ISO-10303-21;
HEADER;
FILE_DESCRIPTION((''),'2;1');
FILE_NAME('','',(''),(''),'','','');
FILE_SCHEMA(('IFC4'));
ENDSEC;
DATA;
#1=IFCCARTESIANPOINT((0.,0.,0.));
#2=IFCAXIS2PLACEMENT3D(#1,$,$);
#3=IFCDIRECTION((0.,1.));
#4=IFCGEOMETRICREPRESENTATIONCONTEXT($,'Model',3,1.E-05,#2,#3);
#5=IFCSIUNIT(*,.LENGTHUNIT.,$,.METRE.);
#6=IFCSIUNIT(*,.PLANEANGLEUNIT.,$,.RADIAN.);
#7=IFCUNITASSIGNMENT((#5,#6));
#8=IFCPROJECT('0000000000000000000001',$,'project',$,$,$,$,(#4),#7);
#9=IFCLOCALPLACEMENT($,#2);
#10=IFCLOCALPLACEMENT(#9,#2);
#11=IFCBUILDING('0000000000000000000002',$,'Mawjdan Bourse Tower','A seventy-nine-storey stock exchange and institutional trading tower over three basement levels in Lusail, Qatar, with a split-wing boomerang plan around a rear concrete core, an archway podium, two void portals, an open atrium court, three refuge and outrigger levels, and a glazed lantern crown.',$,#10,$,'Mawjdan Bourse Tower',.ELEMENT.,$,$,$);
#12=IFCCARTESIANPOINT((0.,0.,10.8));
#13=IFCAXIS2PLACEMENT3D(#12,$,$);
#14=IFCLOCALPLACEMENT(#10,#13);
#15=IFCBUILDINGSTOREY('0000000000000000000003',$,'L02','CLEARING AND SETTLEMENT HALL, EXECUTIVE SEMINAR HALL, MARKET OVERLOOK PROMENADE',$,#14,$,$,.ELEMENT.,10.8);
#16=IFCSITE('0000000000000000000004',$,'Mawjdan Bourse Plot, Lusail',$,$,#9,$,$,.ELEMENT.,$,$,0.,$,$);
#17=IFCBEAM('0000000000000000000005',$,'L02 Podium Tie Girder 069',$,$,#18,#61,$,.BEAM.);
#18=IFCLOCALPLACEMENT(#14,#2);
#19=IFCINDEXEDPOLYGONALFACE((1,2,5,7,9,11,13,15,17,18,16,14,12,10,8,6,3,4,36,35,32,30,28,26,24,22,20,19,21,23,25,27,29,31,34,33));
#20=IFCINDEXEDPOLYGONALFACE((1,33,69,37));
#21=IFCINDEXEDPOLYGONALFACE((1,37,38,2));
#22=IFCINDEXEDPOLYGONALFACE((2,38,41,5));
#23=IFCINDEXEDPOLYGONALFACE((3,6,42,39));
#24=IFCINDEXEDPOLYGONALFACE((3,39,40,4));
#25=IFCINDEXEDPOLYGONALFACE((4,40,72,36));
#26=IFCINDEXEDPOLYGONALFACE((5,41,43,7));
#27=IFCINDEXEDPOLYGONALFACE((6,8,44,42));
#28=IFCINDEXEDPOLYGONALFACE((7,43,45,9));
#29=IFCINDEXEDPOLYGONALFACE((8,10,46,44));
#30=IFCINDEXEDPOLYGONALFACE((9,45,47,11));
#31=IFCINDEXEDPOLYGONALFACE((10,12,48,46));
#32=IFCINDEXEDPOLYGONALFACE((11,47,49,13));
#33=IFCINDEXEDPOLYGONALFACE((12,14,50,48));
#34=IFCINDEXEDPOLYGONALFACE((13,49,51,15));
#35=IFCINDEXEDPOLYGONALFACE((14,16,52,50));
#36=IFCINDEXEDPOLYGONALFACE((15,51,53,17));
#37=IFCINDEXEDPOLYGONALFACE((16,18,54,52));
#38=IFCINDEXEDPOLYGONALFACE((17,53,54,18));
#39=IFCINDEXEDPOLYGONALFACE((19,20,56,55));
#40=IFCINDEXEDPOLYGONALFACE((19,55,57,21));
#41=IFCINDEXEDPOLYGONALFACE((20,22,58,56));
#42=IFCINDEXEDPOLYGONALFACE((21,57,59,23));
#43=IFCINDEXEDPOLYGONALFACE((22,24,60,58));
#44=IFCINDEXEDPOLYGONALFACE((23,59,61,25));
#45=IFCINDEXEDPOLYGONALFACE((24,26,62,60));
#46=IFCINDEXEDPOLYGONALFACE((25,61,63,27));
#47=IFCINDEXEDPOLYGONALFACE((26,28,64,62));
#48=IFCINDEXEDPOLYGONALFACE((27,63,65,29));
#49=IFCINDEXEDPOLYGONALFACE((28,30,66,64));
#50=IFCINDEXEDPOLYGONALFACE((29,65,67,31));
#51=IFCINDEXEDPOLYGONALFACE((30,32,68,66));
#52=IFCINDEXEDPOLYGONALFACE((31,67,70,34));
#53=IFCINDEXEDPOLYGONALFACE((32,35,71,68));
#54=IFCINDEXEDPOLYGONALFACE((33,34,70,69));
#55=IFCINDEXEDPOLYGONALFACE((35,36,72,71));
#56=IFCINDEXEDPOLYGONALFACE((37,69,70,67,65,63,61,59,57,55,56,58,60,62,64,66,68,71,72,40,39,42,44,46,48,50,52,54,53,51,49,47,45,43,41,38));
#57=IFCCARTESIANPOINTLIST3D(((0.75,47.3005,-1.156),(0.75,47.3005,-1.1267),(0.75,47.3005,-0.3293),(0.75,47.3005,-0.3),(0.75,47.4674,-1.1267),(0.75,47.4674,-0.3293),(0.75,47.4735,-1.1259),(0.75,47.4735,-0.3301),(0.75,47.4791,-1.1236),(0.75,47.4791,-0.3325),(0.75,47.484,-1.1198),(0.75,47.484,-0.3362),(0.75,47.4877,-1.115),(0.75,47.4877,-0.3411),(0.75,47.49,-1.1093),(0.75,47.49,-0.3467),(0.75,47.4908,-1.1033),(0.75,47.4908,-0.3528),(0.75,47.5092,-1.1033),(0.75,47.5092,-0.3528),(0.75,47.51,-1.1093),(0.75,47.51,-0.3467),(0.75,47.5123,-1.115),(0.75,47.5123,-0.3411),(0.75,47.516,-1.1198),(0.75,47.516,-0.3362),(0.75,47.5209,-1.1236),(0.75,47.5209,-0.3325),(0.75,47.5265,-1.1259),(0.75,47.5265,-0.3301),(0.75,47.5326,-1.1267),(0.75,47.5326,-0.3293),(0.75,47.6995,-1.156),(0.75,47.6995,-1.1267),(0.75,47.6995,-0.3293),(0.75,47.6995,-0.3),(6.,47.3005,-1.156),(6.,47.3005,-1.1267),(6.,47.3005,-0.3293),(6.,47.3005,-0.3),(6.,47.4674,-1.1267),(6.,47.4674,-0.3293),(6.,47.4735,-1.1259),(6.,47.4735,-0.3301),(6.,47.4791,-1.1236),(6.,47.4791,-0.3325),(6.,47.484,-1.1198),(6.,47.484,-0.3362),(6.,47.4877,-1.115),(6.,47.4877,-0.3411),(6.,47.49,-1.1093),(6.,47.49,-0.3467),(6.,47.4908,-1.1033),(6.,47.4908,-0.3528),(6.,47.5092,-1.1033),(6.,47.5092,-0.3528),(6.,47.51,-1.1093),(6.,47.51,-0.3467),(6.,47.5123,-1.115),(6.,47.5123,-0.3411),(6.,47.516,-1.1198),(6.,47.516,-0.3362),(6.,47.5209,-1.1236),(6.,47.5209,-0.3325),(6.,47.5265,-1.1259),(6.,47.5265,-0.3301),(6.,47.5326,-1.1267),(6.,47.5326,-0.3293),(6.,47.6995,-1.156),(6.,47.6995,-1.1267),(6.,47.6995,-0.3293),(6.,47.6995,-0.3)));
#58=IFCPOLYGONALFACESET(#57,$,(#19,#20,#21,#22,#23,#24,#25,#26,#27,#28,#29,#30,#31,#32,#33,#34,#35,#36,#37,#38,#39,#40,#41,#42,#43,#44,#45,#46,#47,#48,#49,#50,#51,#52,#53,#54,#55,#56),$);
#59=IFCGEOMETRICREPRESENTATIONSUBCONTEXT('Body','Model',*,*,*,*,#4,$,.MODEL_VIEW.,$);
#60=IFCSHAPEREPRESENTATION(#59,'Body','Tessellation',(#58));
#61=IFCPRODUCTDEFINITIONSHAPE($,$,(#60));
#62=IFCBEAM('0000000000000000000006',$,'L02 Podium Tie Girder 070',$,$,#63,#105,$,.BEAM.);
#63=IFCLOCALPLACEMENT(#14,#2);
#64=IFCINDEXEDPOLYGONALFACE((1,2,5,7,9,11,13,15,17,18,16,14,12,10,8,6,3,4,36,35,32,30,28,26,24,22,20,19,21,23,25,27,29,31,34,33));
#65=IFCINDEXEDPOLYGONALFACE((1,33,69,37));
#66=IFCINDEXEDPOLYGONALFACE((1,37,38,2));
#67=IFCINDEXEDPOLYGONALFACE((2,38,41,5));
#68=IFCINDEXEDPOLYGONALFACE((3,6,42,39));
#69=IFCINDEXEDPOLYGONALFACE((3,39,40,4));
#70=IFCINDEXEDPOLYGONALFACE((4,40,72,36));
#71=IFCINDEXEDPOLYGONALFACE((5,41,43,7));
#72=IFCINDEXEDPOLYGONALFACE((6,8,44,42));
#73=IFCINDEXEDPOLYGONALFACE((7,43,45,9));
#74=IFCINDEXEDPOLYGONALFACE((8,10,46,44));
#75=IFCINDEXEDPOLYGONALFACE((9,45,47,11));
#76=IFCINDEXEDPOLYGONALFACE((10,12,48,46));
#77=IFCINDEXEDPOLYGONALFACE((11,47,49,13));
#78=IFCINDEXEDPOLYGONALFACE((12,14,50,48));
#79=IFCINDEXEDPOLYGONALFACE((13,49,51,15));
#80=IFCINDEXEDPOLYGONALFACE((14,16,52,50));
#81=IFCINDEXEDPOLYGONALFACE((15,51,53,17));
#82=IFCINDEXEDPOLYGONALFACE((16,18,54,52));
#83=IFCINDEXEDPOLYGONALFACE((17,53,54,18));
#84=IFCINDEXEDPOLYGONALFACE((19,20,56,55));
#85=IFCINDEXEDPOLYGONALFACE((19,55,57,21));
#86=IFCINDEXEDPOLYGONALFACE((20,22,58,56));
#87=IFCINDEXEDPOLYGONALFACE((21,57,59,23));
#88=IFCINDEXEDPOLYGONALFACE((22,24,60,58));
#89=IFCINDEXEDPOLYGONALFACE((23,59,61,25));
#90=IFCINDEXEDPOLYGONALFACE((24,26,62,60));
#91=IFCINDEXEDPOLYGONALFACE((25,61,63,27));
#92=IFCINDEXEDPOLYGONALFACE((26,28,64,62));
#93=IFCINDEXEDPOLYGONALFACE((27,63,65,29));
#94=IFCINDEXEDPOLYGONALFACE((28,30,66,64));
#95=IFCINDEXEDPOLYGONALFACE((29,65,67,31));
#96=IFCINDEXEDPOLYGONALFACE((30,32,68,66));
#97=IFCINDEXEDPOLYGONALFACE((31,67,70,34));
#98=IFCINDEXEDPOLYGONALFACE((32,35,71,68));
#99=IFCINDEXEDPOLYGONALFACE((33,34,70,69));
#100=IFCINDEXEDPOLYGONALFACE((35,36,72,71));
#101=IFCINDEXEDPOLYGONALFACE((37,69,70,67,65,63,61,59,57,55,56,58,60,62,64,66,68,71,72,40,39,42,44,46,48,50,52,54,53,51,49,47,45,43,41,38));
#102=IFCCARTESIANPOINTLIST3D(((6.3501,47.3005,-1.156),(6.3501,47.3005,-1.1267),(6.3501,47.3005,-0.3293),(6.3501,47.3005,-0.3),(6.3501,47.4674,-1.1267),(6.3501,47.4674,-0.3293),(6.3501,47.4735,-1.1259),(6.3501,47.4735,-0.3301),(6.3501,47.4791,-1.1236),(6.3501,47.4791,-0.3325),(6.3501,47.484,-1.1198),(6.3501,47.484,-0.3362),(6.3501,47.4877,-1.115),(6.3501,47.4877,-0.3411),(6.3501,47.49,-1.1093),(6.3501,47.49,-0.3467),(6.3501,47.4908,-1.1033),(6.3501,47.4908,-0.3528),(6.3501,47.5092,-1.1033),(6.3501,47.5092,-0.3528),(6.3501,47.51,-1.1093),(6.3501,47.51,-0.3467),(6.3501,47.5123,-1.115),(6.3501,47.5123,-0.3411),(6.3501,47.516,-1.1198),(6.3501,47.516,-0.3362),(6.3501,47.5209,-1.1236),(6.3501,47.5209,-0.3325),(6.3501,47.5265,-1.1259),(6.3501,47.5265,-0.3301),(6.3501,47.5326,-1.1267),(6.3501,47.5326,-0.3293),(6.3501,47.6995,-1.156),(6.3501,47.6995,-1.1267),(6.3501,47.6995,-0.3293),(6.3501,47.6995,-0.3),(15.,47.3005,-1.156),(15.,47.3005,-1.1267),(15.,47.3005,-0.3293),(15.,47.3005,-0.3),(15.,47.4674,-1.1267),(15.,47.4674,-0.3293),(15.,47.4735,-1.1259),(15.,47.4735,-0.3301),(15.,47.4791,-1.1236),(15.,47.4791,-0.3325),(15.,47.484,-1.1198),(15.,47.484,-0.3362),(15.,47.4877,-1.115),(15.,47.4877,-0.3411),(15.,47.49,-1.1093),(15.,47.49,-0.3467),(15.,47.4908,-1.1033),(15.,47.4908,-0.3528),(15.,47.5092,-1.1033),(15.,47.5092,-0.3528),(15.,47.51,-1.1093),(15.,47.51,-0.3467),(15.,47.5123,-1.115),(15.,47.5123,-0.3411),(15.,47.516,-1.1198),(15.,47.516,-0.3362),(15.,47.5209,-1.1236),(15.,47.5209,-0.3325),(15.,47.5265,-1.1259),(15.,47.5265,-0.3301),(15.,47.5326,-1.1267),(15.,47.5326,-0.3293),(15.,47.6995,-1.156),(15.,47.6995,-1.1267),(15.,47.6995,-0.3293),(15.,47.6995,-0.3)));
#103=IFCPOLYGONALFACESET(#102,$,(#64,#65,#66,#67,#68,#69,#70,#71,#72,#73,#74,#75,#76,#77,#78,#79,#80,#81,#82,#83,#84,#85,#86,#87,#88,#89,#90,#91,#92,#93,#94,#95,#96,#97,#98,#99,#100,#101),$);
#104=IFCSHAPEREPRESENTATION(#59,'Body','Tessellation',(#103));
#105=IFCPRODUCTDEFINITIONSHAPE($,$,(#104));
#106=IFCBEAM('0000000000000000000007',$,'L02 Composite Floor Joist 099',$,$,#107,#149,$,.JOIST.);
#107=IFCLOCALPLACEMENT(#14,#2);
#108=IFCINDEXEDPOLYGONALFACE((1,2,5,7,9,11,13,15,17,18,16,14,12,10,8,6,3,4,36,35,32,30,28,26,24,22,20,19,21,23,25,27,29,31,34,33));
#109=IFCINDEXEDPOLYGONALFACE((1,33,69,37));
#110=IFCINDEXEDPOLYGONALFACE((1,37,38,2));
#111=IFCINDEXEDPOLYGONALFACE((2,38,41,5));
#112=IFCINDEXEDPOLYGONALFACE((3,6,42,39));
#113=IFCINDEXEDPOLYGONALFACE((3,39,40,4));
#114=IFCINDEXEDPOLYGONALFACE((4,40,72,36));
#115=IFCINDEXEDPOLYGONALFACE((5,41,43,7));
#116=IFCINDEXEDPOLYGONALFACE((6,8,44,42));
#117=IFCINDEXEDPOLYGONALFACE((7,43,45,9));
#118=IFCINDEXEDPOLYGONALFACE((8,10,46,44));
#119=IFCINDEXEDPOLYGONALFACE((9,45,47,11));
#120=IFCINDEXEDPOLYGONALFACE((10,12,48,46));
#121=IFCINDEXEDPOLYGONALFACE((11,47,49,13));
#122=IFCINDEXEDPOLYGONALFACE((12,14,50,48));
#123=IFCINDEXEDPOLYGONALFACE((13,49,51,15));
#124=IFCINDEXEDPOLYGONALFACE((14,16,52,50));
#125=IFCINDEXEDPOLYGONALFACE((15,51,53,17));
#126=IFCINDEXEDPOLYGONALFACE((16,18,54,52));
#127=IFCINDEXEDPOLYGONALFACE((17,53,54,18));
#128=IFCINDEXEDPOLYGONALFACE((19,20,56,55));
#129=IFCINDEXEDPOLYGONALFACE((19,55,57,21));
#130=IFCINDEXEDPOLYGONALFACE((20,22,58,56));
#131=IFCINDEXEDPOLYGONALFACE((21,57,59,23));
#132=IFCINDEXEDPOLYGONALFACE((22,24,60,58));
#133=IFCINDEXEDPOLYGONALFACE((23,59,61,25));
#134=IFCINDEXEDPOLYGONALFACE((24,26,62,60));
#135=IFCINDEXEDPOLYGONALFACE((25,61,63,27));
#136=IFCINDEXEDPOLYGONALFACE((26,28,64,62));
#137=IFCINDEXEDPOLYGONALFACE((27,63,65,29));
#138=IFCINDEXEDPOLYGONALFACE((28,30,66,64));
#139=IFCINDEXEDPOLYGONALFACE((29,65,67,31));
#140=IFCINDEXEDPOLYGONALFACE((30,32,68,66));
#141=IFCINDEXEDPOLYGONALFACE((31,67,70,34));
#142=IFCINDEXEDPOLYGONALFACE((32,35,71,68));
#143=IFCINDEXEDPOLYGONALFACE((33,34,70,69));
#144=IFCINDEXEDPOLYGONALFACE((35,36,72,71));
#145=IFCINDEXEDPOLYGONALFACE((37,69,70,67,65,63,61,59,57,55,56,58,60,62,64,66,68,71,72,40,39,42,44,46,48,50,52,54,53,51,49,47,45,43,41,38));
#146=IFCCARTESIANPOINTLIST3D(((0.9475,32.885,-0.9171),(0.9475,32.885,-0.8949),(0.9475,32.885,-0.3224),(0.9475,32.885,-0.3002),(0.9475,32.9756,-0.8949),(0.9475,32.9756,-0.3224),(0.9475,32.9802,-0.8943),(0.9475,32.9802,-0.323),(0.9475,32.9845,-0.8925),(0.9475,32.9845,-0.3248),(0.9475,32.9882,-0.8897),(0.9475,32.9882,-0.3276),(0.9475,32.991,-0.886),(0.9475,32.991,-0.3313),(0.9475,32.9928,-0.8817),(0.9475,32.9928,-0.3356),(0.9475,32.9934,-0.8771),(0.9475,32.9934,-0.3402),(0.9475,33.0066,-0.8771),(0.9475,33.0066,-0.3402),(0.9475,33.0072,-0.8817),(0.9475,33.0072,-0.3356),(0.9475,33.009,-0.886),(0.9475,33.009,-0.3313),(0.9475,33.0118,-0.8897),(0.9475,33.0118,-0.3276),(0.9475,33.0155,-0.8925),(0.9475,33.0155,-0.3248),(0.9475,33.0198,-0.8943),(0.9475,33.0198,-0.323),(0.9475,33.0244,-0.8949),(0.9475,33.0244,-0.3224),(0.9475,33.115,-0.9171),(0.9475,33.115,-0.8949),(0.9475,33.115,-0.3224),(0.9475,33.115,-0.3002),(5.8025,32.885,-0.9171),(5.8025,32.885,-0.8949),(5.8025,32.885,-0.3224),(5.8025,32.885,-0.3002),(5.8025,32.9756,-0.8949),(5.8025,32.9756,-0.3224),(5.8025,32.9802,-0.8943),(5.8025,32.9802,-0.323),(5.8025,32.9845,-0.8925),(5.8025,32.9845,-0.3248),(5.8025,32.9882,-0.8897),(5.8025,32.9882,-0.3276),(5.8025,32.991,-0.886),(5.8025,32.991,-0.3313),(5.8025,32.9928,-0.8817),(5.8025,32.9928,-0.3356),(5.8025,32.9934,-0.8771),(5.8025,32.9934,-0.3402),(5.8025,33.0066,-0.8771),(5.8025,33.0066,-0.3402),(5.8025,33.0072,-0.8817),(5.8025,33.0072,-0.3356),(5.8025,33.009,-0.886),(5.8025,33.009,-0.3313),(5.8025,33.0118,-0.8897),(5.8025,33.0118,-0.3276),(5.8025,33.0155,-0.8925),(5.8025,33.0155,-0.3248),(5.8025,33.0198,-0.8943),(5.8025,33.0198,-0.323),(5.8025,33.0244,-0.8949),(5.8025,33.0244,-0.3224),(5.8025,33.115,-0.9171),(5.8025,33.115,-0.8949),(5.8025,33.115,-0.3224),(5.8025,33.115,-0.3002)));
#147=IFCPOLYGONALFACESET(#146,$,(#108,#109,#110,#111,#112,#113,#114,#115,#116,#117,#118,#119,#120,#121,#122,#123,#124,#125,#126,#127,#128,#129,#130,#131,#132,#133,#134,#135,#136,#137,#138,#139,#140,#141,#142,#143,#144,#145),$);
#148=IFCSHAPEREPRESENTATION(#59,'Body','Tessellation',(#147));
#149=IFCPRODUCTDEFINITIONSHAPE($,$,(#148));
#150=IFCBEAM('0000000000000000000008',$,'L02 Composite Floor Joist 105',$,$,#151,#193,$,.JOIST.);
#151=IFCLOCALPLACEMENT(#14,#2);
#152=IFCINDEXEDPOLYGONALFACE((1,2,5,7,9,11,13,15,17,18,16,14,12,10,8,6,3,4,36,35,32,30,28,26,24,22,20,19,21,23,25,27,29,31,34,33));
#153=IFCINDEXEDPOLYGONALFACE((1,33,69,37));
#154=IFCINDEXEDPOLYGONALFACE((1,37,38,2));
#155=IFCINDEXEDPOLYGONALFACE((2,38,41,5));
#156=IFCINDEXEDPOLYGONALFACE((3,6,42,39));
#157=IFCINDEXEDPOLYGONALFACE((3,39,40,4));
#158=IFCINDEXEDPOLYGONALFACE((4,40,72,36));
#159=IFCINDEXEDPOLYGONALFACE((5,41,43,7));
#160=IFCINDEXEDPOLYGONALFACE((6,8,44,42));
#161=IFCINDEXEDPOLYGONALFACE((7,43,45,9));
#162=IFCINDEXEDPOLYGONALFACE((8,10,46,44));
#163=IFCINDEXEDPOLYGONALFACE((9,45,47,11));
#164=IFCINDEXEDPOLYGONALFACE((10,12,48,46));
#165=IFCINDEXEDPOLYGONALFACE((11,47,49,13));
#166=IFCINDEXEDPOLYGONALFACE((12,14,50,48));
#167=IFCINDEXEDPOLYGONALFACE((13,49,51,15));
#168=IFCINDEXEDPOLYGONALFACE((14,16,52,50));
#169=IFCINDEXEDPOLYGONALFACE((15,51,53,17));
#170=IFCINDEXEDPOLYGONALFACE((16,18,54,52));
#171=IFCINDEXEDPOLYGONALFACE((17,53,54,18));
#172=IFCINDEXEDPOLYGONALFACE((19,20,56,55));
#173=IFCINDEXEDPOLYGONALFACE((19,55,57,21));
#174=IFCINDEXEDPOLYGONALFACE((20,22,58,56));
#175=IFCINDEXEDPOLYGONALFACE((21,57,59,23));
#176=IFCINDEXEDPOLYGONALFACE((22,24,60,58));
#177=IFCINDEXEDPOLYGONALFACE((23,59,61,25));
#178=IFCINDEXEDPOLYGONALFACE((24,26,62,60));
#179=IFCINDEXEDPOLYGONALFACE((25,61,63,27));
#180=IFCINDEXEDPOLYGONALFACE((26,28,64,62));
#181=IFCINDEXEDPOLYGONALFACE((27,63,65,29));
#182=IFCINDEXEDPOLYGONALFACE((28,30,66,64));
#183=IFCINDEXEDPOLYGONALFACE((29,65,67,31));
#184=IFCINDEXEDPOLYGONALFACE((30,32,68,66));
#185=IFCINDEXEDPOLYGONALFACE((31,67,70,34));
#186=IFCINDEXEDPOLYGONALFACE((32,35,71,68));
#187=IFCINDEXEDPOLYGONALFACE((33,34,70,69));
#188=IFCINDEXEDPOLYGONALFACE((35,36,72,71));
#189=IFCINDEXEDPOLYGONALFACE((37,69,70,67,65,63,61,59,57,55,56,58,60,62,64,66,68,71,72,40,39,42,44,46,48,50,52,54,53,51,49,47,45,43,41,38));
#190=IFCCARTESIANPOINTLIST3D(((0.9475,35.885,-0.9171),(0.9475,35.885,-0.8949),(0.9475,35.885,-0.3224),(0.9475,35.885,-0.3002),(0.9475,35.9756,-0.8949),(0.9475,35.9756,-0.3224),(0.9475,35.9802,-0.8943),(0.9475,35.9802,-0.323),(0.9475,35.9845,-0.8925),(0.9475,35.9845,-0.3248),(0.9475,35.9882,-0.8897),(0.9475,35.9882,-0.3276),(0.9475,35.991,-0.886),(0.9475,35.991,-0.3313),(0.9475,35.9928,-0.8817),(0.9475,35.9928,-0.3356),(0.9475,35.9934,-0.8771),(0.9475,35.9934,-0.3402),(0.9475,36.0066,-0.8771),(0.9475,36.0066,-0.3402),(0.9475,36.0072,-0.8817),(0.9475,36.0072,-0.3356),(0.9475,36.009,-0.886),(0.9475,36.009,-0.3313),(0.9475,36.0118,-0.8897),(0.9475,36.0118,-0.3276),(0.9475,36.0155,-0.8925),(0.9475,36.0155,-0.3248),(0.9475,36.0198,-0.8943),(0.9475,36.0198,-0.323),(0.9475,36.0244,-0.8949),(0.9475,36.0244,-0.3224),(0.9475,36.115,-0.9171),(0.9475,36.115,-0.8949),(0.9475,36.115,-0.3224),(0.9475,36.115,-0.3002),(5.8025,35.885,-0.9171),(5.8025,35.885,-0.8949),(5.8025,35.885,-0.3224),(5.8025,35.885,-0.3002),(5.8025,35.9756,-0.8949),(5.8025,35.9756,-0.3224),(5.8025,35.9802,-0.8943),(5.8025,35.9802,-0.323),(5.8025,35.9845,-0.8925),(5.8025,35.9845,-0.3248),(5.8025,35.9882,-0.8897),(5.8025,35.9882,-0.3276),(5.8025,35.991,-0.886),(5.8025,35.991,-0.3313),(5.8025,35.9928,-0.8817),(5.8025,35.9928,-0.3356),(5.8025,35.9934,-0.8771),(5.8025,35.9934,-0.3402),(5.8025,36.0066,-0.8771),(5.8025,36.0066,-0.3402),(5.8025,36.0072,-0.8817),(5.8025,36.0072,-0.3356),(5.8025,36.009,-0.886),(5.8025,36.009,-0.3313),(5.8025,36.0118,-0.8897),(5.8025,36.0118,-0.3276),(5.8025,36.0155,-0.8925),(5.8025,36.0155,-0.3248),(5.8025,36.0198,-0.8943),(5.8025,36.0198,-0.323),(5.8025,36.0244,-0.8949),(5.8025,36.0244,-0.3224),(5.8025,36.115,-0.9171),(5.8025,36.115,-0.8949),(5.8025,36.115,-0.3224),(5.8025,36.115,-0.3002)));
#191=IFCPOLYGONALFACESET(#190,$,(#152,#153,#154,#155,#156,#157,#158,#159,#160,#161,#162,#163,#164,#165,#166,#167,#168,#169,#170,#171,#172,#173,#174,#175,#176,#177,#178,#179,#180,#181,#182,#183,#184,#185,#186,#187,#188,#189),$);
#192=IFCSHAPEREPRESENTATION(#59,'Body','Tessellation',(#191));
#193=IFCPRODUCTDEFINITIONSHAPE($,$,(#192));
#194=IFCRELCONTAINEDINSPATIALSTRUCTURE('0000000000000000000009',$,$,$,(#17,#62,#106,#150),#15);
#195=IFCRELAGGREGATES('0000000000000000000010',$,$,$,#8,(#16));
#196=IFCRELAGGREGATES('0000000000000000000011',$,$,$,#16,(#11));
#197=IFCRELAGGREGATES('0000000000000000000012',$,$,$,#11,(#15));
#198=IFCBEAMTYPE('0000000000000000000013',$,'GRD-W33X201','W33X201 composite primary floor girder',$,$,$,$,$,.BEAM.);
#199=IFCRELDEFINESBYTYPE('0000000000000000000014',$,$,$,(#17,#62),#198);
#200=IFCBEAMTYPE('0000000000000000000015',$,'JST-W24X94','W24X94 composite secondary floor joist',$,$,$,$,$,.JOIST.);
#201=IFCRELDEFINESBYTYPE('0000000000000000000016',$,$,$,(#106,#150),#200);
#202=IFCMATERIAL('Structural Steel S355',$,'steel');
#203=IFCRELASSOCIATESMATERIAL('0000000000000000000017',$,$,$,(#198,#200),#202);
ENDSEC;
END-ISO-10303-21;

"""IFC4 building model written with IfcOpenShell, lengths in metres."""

from ifc_helpers import new_model, si_unit, direction, frame, origin, origin_2d, place, context, subcontext, project, spatial, i_section, extrude, material, material_profile, profile_set, type_object, element, save


model = new_model("IFC4")

# Units and contexts
model_context = context("Model", 3, precision=1e-05, world=origin(), true_north=direction((0.0, 1.0)))
body_context = subcontext(model_context, "Body", "Model", "MODEL_VIEW")
ifc_project = project(units=[si_unit("LENGTHUNIT", "METRE"), si_unit("PLANEANGLEUNIT", "RADIAN")], contexts=[model_context])

# Site, building, storey
site_placement = place(None, origin())
site = spatial("IfcSite", under=ifc_project, at=site_placement, Name="Mawjdan Bourse Plot, Lusail", CompositionType="ELEMENT", RefElevation=0.0)
building_placement = place(site_placement, origin())
building = spatial("IfcBuilding", under=site, at=building_placement, Name="Mawjdan Bourse Tower", Description="A seventy-nine-storey stock exchange and institutional trading tower over three basement levels in Lusail, Qatar, with a split-wing boomerang plan around a rear concrete core, an archway podium, two void portals, an open atrium court, three refuge and outrigger levels, and a glazed lantern crown.", LongName="Mawjdan Bourse Tower", CompositionType="ELEMENT")
storey_placement = place(building_placement, frame((0.0, 0.0, 10.8)))
storey = spatial("IfcBuildingStorey", under=building, at=storey_placement, Name="L02", Description="CLEARING AND SETTLEMENT HALL, EXECUTIVE SEMINAR HALL, MARKET OVERLOOK PROMENADE", CompositionType="ELEMENT", Elevation=10.8)

# Beams
ifc_material_1 = material(Name="Structural Steel S355", Category="steel")
ifc_material_profile_1 = material_profile(ifc_material_1, i_section(OverallWidth=0.3989, OverallDepth=0.856, WebThickness=0.0183, FlangeThickness=0.0293, FilletRadius=0.0234, at=origin_2d()), Name="W33X201")
ifc_profile_set_1 = profile_set([ifc_material_profile_1], Name="Structural Steel S355")
beam_type_1 = type_object("IfcBeamType", Name="GRD-W33X201", Description="W33X201 composite primary floor girder", PredefinedType="BEAM", material=ifc_profile_set_1)
beam_1_placement = place(storey_placement, frame((0.75, 47.5, -0.728), z_axis=(1.0, 0.0, 0.0), x_axis=(0.0, 1.0, 0.0)))
element("IfcBeam", 1, at=beam_1_placement, inside=storey, type_object=beam_type_1, Name="L02 Podium Tie Girder 069", PredefinedType="BEAM", context=body_context, shape_type="SweptSolid", body=[
    extrude(i_section(OverallWidth=0.3989, OverallDepth=0.856, WebThickness=0.0183, FlangeThickness=0.0293, FilletRadius=0.0234, at=origin_2d()), origin(), (0.0, 0.0, 1.0), 5.25),
])
beam_2_placement = place(storey_placement, frame((6.3501, 47.5, -0.728), z_axis=(1.0, 0.0, 0.0), x_axis=(0.0, 1.0, 0.0)))
element("IfcBeam", 2, at=beam_2_placement, inside=storey, type_object=beam_type_1, Name="L02 Podium Tie Girder 070", PredefinedType="BEAM", context=body_context, shape_type="SweptSolid", body=[
    extrude(i_section(OverallWidth=0.3989, OverallDepth=0.856, WebThickness=0.0183, FlangeThickness=0.0293, FilletRadius=0.0234, at=origin_2d()), origin(), (0.0, 0.0, 1.0), 8.6499),
])
ifc_material_profile_2 = material_profile(ifc_material_1, i_section(OverallWidth=0.23, OverallDepth=0.6169, WebThickness=0.0132, FlangeThickness=0.0222, FilletRadius=0.0178, at=origin_2d()), Name="W24X94")
ifc_profile_set_2 = profile_set([ifc_material_profile_2], Name="Structural Steel S355")
beam_type_2 = type_object("IfcBeamType", Name="JST-W24X94", Description="W24X94 composite secondary floor joist", PredefinedType="JOIST", material=ifc_profile_set_2)
for number, where, z_axis, x_axis, name in (
    (3, (0.9475, 33.0, -0.6086), (1.0, 0.0, 0.0), (0.0, 1.0, 0.0), "L02 Composite Floor Joist 099"),
    (4, (0.9475, 36.0, -0.6086), (1.0, 0.0, 0.0), (0.0, 1.0, 0.0), "L02 Composite Floor Joist 105"),
):
    element("IfcBeam", number, at=place(storey_placement, frame(where, z_axis=z_axis, x_axis=x_axis)), inside=storey, type_object=beam_type_2, Name=name, PredefinedType="JOIST", context=body_context, shape_type="SweptSolid", body=[
        extrude(i_section(OverallWidth=0.23, OverallDepth=0.6169, WebThickness=0.0132, FlangeThickness=0.0222, FilletRadius=0.0178, at=origin_2d()), origin(), (0.0, 0.0, 1.0), 4.855),
    ])

save(model, "model.ifc")
